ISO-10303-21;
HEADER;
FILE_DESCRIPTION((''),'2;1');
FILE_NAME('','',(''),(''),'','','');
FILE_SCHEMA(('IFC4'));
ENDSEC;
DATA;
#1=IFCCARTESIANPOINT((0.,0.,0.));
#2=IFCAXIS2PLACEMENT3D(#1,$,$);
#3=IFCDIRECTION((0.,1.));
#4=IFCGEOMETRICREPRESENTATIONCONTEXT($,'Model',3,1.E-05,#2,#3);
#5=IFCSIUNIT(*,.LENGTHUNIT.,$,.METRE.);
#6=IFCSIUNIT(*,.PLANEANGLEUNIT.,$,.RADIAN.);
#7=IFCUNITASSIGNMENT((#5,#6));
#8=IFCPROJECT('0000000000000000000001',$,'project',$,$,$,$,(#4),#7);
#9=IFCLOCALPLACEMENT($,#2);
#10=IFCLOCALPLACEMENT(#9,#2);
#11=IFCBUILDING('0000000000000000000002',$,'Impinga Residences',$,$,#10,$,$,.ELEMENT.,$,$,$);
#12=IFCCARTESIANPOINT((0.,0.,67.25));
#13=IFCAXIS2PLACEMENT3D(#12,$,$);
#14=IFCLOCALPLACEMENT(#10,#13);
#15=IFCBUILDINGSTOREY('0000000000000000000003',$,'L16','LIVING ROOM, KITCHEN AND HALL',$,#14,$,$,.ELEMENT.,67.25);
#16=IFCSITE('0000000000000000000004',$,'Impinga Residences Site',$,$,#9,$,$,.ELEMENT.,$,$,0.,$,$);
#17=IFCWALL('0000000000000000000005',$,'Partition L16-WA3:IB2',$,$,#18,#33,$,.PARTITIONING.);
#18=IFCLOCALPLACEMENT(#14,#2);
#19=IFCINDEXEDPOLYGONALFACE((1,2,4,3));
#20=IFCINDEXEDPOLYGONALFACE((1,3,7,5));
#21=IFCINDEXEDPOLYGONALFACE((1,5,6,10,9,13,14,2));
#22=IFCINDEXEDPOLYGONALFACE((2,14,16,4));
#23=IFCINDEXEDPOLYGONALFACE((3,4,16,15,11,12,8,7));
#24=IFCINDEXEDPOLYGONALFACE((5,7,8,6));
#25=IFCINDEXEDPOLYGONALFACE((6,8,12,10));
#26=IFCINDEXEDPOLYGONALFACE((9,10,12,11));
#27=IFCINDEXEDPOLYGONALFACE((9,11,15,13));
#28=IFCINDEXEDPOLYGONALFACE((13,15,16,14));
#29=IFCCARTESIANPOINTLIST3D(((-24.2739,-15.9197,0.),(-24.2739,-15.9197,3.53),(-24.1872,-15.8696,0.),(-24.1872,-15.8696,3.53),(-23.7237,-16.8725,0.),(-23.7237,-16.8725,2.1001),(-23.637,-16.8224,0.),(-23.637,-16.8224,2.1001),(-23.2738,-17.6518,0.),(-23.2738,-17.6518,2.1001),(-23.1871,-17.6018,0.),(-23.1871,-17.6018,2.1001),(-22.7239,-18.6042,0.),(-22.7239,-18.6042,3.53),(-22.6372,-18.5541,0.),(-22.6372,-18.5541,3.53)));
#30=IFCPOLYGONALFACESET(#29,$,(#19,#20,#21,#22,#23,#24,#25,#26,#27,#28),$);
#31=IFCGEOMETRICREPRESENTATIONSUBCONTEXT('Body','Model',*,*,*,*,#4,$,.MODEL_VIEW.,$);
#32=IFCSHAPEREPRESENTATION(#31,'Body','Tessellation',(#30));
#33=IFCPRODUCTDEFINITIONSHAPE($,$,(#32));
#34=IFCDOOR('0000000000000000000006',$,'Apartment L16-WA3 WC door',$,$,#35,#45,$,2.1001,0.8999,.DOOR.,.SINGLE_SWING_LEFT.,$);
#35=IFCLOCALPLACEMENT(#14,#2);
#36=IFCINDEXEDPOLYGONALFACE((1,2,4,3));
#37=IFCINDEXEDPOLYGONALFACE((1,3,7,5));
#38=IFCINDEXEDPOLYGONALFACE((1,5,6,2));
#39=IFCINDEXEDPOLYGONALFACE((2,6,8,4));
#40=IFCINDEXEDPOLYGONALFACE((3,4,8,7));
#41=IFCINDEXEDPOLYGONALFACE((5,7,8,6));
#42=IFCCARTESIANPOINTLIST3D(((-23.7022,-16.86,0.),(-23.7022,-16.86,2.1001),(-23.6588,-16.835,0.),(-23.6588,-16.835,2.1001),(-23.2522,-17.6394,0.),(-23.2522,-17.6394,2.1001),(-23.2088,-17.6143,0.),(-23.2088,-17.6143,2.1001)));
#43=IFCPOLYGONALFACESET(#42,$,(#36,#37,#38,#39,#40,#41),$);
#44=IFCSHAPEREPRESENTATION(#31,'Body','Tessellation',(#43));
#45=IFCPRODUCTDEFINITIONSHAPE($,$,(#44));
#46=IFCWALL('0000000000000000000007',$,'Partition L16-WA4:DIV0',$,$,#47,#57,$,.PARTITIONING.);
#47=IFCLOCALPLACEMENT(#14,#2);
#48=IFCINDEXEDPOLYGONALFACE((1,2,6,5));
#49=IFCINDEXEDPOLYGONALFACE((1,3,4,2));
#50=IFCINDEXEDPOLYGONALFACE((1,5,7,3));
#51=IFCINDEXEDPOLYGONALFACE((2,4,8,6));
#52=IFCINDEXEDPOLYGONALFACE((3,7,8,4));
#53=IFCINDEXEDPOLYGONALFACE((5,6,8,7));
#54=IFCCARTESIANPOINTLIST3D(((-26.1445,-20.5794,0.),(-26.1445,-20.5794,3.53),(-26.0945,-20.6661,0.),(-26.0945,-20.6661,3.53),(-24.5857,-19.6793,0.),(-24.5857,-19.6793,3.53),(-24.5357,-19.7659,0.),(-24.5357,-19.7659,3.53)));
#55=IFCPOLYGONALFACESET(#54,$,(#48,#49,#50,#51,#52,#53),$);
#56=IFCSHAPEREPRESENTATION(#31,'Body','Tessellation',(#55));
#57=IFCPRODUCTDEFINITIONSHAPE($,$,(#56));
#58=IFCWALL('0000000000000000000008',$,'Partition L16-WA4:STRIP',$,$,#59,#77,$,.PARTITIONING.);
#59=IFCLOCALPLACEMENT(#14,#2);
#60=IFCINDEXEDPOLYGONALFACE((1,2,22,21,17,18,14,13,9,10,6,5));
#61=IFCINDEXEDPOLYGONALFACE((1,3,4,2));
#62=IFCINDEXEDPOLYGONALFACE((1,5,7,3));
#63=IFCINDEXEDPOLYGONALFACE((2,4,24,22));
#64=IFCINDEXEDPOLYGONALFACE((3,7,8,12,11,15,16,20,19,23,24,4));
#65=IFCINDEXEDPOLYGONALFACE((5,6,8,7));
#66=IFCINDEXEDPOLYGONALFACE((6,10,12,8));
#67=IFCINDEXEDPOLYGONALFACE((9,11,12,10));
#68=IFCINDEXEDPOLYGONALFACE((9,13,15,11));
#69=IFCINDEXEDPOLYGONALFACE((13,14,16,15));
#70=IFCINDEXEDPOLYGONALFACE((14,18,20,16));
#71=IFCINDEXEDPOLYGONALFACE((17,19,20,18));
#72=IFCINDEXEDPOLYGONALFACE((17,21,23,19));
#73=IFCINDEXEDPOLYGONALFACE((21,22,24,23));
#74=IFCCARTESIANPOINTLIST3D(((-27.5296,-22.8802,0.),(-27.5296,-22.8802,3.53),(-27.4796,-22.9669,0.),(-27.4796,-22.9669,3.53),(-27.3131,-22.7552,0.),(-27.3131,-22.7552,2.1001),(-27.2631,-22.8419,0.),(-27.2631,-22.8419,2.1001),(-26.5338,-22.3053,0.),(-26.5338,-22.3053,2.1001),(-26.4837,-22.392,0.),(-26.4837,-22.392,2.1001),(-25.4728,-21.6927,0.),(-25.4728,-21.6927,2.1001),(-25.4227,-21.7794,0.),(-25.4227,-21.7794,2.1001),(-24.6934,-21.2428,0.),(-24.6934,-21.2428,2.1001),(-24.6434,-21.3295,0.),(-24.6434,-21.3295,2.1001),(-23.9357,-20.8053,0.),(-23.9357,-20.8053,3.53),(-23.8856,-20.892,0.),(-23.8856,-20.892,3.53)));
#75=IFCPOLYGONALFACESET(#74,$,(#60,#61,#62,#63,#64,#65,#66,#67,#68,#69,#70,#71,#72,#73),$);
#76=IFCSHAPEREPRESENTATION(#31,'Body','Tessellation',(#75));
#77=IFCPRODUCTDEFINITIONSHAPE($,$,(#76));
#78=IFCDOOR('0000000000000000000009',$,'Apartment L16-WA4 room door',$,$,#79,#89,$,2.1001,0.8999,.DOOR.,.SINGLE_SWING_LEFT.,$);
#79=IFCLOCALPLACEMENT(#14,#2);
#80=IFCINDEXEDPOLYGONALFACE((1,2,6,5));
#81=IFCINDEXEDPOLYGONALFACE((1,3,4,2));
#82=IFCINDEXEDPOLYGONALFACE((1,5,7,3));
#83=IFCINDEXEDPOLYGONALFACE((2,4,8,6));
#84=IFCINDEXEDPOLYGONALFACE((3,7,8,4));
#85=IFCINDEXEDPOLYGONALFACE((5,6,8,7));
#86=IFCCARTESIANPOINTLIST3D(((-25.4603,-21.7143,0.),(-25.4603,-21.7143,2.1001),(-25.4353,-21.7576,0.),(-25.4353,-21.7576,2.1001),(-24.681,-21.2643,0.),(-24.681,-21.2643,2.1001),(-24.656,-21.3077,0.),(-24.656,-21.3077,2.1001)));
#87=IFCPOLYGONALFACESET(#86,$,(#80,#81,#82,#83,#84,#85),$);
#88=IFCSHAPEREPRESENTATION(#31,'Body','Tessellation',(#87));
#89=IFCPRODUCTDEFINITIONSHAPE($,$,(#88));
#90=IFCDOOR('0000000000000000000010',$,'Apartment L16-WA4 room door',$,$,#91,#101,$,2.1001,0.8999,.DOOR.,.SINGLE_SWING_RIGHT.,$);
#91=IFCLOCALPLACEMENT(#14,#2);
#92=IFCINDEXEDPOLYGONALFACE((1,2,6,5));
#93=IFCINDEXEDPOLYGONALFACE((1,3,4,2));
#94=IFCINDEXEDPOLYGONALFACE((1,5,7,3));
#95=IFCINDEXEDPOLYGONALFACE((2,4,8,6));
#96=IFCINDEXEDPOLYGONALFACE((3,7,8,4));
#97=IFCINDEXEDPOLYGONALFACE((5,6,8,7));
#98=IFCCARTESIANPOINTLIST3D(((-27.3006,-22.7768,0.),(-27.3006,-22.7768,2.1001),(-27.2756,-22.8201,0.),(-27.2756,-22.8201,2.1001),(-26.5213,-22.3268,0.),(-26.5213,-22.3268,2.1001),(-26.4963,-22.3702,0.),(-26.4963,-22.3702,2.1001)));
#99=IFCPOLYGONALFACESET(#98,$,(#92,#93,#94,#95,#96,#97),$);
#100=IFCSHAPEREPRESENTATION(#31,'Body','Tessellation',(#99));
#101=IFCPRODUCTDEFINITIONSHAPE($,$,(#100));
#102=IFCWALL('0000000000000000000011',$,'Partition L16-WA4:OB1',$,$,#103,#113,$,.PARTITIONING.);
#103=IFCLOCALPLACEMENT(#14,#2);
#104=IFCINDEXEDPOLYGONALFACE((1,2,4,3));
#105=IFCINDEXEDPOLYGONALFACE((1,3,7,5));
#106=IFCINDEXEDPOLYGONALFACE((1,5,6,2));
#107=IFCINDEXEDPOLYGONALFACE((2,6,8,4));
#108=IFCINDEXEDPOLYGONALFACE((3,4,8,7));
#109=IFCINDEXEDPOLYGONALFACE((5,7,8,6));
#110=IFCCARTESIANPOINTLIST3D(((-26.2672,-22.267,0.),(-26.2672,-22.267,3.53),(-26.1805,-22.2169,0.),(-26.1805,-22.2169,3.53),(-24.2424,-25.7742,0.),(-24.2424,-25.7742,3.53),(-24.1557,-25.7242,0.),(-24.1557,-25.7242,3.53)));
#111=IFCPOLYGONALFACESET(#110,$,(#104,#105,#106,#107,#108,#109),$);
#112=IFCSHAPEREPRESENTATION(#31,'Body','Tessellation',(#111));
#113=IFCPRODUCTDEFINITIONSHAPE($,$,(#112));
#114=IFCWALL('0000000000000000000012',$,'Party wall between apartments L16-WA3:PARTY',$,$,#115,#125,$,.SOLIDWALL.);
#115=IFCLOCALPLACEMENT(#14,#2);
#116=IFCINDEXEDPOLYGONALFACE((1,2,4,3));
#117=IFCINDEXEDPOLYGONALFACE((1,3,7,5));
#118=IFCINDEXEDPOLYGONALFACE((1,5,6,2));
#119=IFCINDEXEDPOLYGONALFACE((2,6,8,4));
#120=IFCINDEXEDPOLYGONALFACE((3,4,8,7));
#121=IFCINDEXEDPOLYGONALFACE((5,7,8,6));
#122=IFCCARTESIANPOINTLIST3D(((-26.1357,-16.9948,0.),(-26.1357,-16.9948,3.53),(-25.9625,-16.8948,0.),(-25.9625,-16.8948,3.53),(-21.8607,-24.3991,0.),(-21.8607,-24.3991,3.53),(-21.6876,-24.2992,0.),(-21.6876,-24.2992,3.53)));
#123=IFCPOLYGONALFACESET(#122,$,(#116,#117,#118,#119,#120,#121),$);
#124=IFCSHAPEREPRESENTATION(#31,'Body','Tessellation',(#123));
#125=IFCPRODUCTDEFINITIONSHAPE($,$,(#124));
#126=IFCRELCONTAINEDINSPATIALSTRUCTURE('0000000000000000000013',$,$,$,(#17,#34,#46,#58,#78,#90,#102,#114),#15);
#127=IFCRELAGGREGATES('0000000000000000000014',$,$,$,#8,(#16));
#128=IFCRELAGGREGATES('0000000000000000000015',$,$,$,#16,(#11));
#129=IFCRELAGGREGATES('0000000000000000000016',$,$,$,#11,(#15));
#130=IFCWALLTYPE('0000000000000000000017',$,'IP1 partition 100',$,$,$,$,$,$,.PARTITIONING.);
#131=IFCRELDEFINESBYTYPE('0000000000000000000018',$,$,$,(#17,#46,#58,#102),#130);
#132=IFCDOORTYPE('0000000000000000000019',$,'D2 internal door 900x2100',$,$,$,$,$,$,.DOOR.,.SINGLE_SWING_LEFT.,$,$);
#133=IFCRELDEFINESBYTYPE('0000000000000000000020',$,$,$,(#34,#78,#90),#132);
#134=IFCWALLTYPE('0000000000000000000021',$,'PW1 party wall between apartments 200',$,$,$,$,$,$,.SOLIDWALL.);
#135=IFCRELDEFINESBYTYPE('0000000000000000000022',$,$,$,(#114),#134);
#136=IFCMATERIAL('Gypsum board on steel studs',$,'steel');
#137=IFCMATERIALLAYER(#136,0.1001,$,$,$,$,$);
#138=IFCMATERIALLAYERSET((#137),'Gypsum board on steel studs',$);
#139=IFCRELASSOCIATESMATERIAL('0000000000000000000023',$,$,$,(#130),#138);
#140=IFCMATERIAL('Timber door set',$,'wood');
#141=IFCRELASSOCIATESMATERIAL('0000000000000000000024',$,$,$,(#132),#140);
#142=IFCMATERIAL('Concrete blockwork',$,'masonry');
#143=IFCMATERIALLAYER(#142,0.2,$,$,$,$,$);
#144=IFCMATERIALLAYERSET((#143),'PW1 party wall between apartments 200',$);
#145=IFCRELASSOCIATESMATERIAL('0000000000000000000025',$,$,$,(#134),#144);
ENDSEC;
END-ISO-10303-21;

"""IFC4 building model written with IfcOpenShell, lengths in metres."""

from ifc_helpers import new_model, si_unit, direction, frame, frame_2d, origin, place, context, subcontext, project, spatial, rectangle, extrude, material, layer, layer_set, type_object, element, fill, save


model = new_model("IFC4")

# Units and contexts
model_context = context("Model", 3, precision=1e-05, world=origin(), true_north=direction((0.0, 1.0)))
body_context = subcontext(model_context, "Body", "Model", "MODEL_VIEW")
ifc_project = project(units=[si_unit("LENGTHUNIT", "METRE"), si_unit("PLANEANGLEUNIT", "RADIAN")], contexts=[model_context])

# Site, building, storey
site_placement = place(None, origin())
site = spatial("IfcSite", under=ifc_project, at=site_placement, Name="Impinga Residences Site", CompositionType="ELEMENT", RefElevation=0.0)
building_placement = place(site_placement, origin())
building = spatial("IfcBuilding", under=site, at=building_placement, Name="Impinga Residences", CompositionType="ELEMENT")
storey_placement = place(building_placement, frame((0.0, 0.0, 67.25)))
storey = spatial("IfcBuildingStorey", under=building, at=storey_placement, Name="L16", Description="LIVING ROOM, KITCHEN AND HALL", CompositionType="ELEMENT", Elevation=67.25)

# Shared definitions
ifc_material_1 = material(Name="Gypsum board on steel studs", Category="steel")
ifc_layer_1 = layer(ifc_material_1, 0.1001)
ifc_layer_set_1 = layer_set([ifc_layer_1], Name="Gypsum board on steel studs")
wall_type_1 = type_object("IfcWallType", Name="IP1 partition 100", PredefinedType="PARTITIONING", material=ifc_layer_set_1)

# Shared definitions
ifc_material_2 = material(Name="Timber door set", Category="wood")
door_type = type_object("IfcDoorType", Name="D2 internal door 900x2100", OperationType="SINGLE_SWING_LEFT", PredefinedType="DOOR", material=ifc_material_2)

# Wall, opening, door
wall_1_placement = place(storey_placement, frame((-24.2305, -15.8948, 0.0), z_axis=(0.0, 0.0, 1.0), x_axis=(0.500027, -0.86601, 0.0)))
wall_1 = element("IfcWall", 1, at=wall_1_placement, inside=storey, type_object=wall_type_1, Name="Partition L16-WA3:IB2", PredefinedType="PARTITIONING", context=body_context, shape_type="SweptSolid", body=[
    extrude(rectangle(XDim=3.0999, YDim=0.1001, at=frame_2d((1.5498, 0.0))), origin(), (0.0, 0.0, 1.0), 3.53),
])
opening_1_placement = place(wall_1_placement, frame((1.1001, 0.0, 0.0)))
opening_1 = element("IfcOpeningElement", 2, at=opening_1_placement, cuts=wall_1, PredefinedType="OPENING", context=body_context, shape_type="SweptSolid", body=[
    extrude(rectangle(XDim=0.8999, YDim=2.1001, at=frame_2d((0.45, 1.05))), frame((0.0, 0.0601, 0.0), z_axis=(0.0, -1.0, 0.0), x_axis=(1.0, 0.0, 0.0)), (0.0, 0.0, 1.0), 0.1201),
])
door_1_placement = place(opening_1_placement, origin())
door_1 = element("IfcDoor", 3, at=door_1_placement, inside=storey, type_object=door_type, Name="Apartment L16-WA3 WC door", OperationType="SINGLE_SWING_LEFT", OverallHeight=2.1001, OverallWidth=0.8999, PredefinedType="DOOR", context=body_context, shape_type="SweptSolid", body=[
    extrude(rectangle(XDim=0.8999, YDim=2.1001, at=frame_2d((0.45, 1.05))), frame((0.0, 0.0249, 0.0), z_axis=(0.0, -1.0, 0.0), x_axis=(1.0, 0.0, 0.0)), (0.0, 0.0, 1.0), 0.05),
])
fill(opening_1, door_1)

# Wall
wall_2_placement = place(storey_placement, frame((-24.5608, -19.7227, 0.0), z_axis=(0.0, 0.0, 1.0), x_axis=(-0.865989, -0.500063, 0.0)))
element("IfcWall", 4, at=wall_2_placement, inside=storey, type_object=wall_type_1, Name="Partition L16-WA4:DIV0", PredefinedType="PARTITIONING", context=body_context, shape_type="SweptSolid", body=[
    extrude(rectangle(XDim=1.8, YDim=0.1001, at=frame_2d((0.8999, 0.0))), origin(), (0.0, 0.0, 1.0), 3.53),
])

# Wall, openings, doors
wall_3_placement = place(storey_placement, frame((-23.9106, -20.8486, 0.0), z_axis=(0.0, 0.0, 1.0), x_axis=(-0.86603, -0.499992, 0.0)))
wall_3 = element("IfcWall", 5, at=wall_3_placement, inside=storey, type_object=wall_type_1, Name="Partition L16-WA4:STRIP", PredefinedType="PARTITIONING", context=body_context, shape_type="SweptSolid", body=[
    extrude(rectangle(XDim=4.1499, YDim=0.1001, at=frame_2d((2.075, 0.0))), origin(), (0.0, 0.0, 1.0), 3.53),
])
opening_2_placement = place(wall_3_placement, frame((0.875, 0.0, 0.0)))
opening_2 = element("IfcOpeningElement", 6, at=opening_2_placement, cuts=wall_3, PredefinedType="OPENING", context=body_context, shape_type="SweptSolid", body=[
    extrude(rectangle(XDim=0.8999, YDim=2.1001, at=frame_2d((0.45, 1.05))), frame((0.0, 0.0601, 0.0), z_axis=(0.0, -1.0, 0.0), x_axis=(1.0, 0.0, 0.0)), (0.0, 0.0, 1.0), 0.1201),
])
opening_3_placement = place(wall_3_placement, frame((3.0, 0.0, 0.0)))
opening_3 = element("IfcOpeningElement", 7, at=opening_3_placement, cuts=wall_3, PredefinedType="OPENING", context=body_context, shape_type="SweptSolid", body=[
    extrude(rectangle(XDim=0.8999, YDim=2.1001, at=frame_2d((0.45, 1.05))), frame((0.0, 0.0601, 0.0), z_axis=(0.0, -1.0, 0.0), x_axis=(1.0, 0.0, 0.0)), (0.0, 0.0, 1.0), 0.1201),
])
door_2_placement = place(opening_2_placement, origin())
door_2 = element("IfcDoor", 8, at=door_2_placement, inside=storey, type_object=door_type, Name="Apartment L16-WA4 room door", OperationType="SINGLE_SWING_LEFT", OverallHeight=2.1001, OverallWidth=0.8999, PredefinedType="DOOR", context=body_context, shape_type="SweptSolid", body=[
    extrude(rectangle(XDim=0.8999, YDim=2.1001, at=frame_2d((0.45, 1.05))), frame((0.0, 0.0249, 0.0), z_axis=(0.0, -1.0, 0.0), x_axis=(1.0, 0.0, 0.0)), (0.0, 0.0, 1.0), 0.05),
])
fill(opening_2, door_2)
door_3_placement = place(opening_3_placement, origin())
door_3 = element("IfcDoor", 9, at=door_3_placement, inside=storey, type_object=door_type, Name="Apartment L16-WA4 room door", OperationType="SINGLE_SWING_RIGHT", OverallHeight=2.1001, OverallWidth=0.8999, PredefinedType="DOOR", context=body_context, shape_type="SweptSolid", body=[
    extrude(rectangle(XDim=0.8999, YDim=2.1001, at=frame_2d((0.45, 1.05))), frame((0.0, 0.0249, 0.0), z_axis=(0.0, -1.0, 0.0), x_axis=(1.0, 0.0, 0.0)), (0.0, 0.0, 1.0), 0.05),
])
fill(opening_3, door_3)

# Walls
wall_4_placement = place(storey_placement, frame((-26.2239, -22.2419, 0.0), z_axis=(0.0, 0.0, 1.0), x_axis=(0.49999, -0.866031, 0.0)))
element("IfcWall", 10, at=wall_4_placement, inside=storey, type_object=wall_type_1, Name="Partition L16-WA4:OB1", PredefinedType="PARTITIONING", context=body_context, shape_type="SweptSolid", body=[
    extrude(rectangle(XDim=4.0498, YDim=0.1001, at=frame_2d((2.0249, 0.0))), origin(), (0.0, 0.0, 1.0), 3.53),
])
ifc_material_3 = material(Name="Concrete blockwork", Category="masonry")
ifc_layer_2 = layer(ifc_material_3, 0.2)
ifc_layer_set_2 = layer_set([ifc_layer_2], Name="PW1 party wall between apartments 200")
wall_type_2 = type_object("IfcWallType", Name="PW1 party wall between apartments 200", PredefinedType="SOLIDWALL", material=ifc_layer_set_2)
wall_5_placement = place(storey_placement, frame((-26.0491, -16.9448, 0.0), z_axis=(0.0, 0.0, 1.0), x_axis=(0.500003, -0.866024, 0.0)))
element("IfcWall", 11, at=wall_5_placement, inside=storey, type_object=wall_type_2, Name="Party wall between apartments L16-WA3:PARTY", PredefinedType="SOLIDWALL", context=body_context, shape_type="SweptSolid", body=[
    extrude(rectangle(XDim=8.5498, YDim=0.2, at=frame_2d((4.2749, 0.0))), origin(), (0.0, 0.0, 1.0), 3.53),
])

save(model, "model.ifc")
